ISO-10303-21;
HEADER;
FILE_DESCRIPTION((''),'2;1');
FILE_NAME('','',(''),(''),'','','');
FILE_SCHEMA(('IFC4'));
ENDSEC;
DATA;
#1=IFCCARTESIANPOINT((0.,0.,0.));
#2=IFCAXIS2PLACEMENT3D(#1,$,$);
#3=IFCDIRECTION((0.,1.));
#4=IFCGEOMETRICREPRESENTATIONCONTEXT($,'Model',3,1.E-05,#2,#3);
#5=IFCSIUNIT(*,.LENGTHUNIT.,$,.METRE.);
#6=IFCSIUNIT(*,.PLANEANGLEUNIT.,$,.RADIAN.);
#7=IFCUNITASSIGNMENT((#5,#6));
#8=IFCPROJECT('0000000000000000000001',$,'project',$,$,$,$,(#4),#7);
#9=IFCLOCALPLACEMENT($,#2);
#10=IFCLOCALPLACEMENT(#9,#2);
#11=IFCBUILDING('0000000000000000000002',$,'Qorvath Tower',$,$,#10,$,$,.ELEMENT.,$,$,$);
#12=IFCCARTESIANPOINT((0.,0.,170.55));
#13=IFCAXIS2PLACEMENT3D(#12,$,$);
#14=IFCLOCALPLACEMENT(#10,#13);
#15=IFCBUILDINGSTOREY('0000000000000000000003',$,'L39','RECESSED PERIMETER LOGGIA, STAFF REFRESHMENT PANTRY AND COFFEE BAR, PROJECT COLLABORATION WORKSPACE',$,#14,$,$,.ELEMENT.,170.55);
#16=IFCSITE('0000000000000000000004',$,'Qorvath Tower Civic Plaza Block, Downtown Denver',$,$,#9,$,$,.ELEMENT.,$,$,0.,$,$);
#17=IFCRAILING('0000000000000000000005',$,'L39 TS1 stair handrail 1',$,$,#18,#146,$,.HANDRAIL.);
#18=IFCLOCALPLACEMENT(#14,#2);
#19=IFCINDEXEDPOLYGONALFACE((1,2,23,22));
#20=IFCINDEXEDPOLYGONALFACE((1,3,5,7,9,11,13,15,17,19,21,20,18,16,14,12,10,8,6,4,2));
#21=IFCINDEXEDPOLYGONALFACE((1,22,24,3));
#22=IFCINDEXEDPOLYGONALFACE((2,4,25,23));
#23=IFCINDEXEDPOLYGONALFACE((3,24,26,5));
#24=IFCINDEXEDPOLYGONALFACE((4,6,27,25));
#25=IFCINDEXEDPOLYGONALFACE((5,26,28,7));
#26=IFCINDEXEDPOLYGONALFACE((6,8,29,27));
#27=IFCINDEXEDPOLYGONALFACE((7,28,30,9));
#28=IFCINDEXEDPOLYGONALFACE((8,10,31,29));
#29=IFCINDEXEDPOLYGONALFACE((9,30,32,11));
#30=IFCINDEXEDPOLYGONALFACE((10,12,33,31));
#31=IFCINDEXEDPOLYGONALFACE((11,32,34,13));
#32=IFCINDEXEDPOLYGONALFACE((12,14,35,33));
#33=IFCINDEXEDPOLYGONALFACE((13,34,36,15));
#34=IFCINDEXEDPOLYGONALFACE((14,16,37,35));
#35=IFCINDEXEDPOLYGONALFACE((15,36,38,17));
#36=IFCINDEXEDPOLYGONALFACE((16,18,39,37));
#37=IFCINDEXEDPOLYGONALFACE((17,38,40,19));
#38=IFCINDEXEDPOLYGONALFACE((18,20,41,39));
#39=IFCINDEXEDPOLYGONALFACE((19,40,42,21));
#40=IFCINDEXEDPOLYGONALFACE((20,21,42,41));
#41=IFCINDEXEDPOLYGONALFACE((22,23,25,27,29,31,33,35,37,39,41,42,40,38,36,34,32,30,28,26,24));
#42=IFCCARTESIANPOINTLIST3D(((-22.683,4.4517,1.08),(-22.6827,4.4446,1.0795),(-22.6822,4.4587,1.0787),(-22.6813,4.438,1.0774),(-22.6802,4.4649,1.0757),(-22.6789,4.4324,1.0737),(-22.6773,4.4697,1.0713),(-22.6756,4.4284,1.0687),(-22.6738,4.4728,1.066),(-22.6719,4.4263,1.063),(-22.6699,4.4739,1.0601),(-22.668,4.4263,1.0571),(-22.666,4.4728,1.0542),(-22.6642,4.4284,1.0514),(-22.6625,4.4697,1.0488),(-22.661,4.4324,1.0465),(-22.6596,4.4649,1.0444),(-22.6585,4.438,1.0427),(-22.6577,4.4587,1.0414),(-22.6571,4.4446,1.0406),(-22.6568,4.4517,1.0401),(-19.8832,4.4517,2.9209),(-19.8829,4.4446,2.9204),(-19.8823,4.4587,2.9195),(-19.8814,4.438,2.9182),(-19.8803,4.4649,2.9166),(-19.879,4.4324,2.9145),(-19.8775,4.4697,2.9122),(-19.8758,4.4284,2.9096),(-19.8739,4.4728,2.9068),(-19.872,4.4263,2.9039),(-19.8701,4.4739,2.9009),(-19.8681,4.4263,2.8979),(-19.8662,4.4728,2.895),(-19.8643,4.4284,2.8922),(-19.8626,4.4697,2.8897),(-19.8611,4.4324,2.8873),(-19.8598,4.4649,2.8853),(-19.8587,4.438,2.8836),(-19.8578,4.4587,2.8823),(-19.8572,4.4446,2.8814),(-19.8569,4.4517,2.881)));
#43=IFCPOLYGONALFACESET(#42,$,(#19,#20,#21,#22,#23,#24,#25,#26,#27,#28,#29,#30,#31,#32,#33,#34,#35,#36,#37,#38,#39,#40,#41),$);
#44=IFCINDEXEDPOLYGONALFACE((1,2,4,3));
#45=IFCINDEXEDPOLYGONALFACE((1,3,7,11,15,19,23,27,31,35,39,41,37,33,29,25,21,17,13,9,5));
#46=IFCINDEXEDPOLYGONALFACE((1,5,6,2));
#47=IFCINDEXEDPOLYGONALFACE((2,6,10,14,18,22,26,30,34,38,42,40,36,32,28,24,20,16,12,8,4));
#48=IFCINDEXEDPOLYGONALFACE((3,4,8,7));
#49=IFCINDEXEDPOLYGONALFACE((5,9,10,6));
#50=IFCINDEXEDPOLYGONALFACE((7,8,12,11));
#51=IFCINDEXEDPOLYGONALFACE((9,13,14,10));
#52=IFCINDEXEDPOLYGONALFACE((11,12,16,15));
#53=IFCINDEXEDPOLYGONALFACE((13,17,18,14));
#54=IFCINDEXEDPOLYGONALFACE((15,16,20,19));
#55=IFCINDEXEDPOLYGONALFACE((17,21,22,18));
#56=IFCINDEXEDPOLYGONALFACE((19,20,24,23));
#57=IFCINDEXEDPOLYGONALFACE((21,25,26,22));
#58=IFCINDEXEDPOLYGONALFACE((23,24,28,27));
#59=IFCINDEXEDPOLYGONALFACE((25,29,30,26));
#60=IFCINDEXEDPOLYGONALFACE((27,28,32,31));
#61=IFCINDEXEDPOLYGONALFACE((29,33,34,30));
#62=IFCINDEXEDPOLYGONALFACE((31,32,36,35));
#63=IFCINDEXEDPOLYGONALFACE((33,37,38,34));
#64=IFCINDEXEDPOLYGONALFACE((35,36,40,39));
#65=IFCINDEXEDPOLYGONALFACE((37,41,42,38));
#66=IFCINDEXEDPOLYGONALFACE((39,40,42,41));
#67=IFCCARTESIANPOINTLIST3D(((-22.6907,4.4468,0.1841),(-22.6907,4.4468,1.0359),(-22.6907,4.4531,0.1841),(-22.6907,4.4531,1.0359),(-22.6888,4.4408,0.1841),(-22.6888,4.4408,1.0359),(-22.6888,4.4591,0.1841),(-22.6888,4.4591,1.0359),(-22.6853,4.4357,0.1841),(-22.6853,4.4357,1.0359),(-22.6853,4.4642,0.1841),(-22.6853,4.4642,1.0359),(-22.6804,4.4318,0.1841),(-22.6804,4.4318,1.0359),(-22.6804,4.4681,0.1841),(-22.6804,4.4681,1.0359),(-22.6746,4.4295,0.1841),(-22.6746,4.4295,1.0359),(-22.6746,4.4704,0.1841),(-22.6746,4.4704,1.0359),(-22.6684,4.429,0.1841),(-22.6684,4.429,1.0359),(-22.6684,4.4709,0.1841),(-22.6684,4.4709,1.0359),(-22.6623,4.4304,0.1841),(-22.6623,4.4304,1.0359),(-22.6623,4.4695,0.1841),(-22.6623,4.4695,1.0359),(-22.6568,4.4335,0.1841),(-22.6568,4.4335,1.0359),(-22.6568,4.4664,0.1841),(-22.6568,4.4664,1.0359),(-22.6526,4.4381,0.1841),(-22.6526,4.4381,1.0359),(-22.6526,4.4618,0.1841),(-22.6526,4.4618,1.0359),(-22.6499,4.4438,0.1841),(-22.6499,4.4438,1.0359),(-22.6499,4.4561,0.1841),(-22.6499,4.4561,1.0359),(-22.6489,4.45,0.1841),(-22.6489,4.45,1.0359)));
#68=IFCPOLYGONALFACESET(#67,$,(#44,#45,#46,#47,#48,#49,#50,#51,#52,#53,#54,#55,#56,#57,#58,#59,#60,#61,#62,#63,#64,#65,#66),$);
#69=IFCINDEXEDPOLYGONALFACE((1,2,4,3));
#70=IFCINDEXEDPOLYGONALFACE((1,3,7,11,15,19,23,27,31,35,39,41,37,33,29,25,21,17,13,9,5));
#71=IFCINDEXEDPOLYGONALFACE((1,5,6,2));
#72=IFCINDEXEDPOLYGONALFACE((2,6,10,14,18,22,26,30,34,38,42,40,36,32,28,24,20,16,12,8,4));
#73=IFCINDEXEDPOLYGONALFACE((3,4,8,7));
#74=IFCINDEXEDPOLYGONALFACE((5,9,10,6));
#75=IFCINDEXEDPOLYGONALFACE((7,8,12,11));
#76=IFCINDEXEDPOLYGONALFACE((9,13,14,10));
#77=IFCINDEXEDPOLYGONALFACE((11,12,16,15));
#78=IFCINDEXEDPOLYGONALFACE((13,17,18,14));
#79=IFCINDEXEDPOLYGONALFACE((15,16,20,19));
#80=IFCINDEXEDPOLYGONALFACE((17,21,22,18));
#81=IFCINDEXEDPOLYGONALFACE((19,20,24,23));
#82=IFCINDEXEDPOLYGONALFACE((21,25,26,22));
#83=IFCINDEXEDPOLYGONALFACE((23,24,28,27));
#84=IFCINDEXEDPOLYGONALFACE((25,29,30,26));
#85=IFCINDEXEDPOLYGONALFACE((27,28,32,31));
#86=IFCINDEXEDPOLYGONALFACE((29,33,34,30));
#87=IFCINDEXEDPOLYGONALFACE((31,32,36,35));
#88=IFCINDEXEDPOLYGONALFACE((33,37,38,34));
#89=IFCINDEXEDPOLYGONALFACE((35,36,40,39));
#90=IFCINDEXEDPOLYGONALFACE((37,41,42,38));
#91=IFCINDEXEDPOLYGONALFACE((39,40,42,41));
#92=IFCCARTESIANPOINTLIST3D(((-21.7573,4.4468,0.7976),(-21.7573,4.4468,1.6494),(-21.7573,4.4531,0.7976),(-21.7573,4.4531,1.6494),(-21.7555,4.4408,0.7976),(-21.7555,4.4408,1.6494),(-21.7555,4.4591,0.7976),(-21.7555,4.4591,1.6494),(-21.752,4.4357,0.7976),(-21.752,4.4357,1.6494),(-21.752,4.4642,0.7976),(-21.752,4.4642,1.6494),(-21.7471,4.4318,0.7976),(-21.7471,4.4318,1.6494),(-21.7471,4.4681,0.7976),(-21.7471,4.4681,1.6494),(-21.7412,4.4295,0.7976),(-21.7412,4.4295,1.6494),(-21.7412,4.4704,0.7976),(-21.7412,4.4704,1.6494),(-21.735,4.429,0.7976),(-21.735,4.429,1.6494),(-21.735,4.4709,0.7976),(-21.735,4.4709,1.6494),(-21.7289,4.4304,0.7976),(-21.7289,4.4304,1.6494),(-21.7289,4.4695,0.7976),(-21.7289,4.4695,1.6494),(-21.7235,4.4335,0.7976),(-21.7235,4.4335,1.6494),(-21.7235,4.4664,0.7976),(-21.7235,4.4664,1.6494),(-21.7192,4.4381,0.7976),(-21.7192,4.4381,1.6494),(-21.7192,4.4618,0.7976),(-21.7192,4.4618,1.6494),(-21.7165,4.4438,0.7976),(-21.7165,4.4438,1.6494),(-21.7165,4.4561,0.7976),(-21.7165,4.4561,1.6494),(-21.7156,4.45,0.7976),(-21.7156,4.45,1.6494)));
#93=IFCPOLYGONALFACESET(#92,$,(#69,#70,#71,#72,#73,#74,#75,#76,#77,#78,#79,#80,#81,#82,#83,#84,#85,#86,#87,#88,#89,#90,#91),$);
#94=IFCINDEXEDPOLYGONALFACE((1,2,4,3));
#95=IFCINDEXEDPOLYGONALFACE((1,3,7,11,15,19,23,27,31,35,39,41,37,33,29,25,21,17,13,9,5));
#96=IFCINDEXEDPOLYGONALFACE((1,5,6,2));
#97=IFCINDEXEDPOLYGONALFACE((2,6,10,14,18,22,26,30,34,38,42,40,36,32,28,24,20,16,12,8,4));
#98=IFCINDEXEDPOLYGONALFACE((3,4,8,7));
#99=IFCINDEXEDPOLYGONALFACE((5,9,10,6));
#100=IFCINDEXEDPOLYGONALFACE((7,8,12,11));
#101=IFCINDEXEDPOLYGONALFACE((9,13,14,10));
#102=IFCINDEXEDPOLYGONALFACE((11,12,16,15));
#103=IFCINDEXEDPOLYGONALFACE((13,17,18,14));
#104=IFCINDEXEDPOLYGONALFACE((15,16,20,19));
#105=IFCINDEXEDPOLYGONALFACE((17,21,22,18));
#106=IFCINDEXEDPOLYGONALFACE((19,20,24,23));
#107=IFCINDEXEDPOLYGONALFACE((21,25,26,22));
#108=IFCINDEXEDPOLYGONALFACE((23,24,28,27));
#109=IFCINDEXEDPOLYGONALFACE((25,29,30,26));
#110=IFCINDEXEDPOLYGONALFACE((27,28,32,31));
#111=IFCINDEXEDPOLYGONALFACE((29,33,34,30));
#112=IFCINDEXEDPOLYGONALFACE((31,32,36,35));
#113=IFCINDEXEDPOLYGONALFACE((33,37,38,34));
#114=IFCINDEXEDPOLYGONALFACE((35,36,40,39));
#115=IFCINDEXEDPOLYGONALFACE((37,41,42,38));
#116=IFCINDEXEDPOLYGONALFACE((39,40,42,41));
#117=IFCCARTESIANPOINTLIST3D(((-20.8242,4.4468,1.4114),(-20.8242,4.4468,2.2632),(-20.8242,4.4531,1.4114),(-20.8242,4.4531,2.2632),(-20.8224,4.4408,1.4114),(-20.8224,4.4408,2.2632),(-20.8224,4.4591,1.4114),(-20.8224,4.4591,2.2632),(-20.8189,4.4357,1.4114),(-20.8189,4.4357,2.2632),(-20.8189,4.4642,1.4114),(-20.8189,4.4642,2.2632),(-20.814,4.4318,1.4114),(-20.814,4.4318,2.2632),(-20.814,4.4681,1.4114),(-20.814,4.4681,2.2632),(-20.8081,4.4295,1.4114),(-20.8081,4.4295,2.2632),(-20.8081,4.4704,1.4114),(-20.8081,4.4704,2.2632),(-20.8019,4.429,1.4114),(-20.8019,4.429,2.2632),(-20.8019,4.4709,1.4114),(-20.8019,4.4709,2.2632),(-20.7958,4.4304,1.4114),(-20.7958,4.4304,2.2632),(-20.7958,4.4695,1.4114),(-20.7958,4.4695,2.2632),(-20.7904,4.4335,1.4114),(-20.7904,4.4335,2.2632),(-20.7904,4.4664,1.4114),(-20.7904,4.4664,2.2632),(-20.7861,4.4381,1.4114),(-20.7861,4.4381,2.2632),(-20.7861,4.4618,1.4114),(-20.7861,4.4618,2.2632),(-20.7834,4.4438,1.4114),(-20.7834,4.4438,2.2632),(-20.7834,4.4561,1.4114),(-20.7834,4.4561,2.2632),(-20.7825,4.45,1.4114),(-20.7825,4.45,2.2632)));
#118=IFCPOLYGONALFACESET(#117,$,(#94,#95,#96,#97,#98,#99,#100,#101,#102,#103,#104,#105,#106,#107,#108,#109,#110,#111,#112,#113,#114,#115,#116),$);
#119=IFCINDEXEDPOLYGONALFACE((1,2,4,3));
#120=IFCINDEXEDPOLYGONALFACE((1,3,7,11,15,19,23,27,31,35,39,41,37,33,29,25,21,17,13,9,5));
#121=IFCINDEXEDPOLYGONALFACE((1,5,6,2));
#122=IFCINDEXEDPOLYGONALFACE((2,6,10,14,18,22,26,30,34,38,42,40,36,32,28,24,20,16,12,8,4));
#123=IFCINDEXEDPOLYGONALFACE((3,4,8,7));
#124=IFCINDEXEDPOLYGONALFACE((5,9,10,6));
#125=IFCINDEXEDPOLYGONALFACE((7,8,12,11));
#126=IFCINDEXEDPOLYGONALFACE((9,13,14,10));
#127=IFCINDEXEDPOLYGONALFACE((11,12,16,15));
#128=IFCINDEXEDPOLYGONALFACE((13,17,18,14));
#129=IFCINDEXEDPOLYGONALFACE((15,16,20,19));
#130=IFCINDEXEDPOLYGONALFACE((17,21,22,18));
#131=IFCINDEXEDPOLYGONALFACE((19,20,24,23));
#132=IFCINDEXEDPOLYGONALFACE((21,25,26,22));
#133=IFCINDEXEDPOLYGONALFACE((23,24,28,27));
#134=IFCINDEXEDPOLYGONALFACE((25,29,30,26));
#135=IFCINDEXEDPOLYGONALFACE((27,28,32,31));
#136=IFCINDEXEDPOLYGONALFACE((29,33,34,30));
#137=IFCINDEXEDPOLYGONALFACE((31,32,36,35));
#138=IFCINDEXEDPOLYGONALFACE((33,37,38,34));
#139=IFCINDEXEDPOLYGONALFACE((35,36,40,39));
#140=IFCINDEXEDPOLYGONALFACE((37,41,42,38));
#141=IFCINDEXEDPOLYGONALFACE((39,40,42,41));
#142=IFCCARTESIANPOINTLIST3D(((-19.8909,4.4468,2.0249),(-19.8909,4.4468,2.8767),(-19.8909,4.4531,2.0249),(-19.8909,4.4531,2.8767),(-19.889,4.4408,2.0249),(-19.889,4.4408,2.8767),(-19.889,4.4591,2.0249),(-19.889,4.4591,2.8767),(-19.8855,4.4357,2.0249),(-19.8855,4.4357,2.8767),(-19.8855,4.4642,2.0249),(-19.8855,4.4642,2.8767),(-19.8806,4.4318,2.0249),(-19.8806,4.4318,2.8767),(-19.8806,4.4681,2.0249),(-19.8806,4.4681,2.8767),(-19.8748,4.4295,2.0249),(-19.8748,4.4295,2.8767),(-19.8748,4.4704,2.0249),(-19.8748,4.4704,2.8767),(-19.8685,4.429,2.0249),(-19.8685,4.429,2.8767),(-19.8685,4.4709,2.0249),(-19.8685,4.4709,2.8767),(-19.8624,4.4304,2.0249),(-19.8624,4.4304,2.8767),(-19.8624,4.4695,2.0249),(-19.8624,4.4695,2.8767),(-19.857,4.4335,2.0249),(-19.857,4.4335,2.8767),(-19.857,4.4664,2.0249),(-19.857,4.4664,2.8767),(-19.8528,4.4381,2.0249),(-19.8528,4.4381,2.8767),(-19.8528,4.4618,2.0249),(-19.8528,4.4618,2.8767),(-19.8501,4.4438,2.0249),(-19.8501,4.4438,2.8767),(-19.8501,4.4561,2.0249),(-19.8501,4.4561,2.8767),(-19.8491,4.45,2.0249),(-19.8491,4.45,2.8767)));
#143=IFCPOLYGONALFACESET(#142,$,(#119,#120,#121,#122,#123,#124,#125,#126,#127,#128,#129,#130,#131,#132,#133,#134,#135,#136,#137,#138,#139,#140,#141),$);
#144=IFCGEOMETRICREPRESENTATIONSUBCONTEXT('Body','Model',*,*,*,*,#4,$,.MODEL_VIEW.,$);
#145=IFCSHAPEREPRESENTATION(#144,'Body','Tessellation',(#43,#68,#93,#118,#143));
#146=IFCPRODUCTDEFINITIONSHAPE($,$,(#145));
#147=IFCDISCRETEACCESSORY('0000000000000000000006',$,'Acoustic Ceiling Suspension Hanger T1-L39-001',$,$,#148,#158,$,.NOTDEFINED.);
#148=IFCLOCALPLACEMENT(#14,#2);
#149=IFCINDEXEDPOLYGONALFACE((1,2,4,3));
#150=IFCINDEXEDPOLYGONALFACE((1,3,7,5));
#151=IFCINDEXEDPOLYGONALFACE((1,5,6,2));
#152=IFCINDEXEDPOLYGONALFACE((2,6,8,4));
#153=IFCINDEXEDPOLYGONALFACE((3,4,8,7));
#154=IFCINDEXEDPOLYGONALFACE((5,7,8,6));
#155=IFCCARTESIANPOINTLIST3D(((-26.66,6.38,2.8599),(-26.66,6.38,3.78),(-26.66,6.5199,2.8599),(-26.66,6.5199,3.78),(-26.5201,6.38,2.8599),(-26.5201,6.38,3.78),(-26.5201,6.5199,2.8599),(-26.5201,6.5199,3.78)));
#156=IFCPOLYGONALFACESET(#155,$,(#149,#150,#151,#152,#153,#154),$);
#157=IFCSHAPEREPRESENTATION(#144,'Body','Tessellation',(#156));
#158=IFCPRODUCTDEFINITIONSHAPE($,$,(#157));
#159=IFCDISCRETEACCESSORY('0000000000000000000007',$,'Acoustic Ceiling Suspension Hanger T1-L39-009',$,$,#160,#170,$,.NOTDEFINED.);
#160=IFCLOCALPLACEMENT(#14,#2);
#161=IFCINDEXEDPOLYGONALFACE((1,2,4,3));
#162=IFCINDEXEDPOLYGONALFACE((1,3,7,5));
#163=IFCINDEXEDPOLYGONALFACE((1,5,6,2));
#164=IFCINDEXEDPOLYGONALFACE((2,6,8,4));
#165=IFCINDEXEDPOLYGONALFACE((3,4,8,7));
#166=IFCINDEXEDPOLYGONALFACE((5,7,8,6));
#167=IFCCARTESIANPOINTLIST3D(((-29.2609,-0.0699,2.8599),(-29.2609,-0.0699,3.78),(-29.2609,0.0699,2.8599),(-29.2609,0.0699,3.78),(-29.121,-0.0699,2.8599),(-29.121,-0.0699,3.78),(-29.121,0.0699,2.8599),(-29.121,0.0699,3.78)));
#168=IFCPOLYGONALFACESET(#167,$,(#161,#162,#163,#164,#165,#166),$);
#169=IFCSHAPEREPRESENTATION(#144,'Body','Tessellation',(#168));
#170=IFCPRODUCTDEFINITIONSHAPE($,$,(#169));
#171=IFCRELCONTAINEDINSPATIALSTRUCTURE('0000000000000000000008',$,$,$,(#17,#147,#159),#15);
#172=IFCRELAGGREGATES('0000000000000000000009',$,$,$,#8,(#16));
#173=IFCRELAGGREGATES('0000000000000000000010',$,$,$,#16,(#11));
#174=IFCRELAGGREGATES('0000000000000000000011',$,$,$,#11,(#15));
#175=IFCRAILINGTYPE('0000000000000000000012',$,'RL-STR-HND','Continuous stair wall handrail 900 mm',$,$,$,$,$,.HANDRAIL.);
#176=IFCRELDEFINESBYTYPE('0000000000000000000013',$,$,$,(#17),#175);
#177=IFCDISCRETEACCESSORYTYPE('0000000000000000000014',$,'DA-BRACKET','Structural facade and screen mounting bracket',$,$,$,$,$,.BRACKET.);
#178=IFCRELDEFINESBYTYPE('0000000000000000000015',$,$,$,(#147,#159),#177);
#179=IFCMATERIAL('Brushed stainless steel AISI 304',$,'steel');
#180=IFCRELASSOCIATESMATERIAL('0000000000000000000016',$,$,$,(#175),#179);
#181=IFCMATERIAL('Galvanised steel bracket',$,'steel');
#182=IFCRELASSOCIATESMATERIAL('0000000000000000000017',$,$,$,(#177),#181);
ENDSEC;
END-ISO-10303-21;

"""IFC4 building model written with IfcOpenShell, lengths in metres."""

from ifc_helpers import new_model, si_unit, direction, frame, origin, origin_2d, place, context, subcontext, project, spatial, rectangle, circle, extrude, material, type_object, element, save


model = new_model("IFC4")

# Units and contexts
model_context = context("Model", 3, precision=1e-05, world=origin(), true_north=direction((0.0, 1.0)))
body_context = subcontext(model_context, "Body", "Model", "MODEL_VIEW")
ifc_project = project(units=[si_unit("LENGTHUNIT", "METRE"), si_unit("PLANEANGLEUNIT", "RADIAN")], contexts=[model_context])

# Site, building, storey
site_placement = place(None, origin())
site = spatial("IfcSite", under=ifc_project, at=site_placement, Name="Qorvath Tower Civic Plaza Block, Downtown Denver", CompositionType="ELEMENT", RefElevation=0.0)
building_placement = place(site_placement, origin())
building = spatial("IfcBuilding", under=site, at=building_placement, Name="Qorvath Tower", CompositionType="ELEMENT")
storey_placement = place(building_placement, frame((0.0, 0.0, 170.55)))
storey = spatial("IfcBuildingStorey", under=building, at=storey_placement, Name="L39", Description="RECESSED PERIMETER LOGGIA, STAFF REFRESHMENT PANTRY AND COFFEE BAR, PROJECT COLLABORATION WORKSPACE", CompositionType="ELEMENT", Elevation=170.55)

# Railing
ifc_material_1 = material(Name="Brushed stainless steel AISI 304", Category="steel")
railing_type_1 = type_object("IfcRailingType", Name="RL-STR-HND", Description="Continuous stair wall handrail 900 mm", PredefinedType="HANDRAIL", material=ifc_material_1)
railing_1_placement = place(storey_placement, frame((-22.6699, 4.45, 0.1841)))
element("IfcRailing", 1, at=railing_1_placement, inside=storey, type_object=railing_type_1, Name="L39 TS1 stair handrail 1", PredefinedType="HANDRAIL", context=body_context, shape_type="SweptSolid", body=[
    extrude(circle(Radius=0.0239, at=origin_2d()), frame((0.0, 0.0, 0.876), z_axis=(0.835576, 0.0, 0.549376), x_axis=(0.0, 1.0, 0.0)), (0.0, 0.0, 1.0), 3.3508),
    extrude(circle(Radius=0.021, at=origin_2d()), origin(), (0.0, 0.0, 1.0), 0.8518),
    extrude(circle(Radius=0.021, at=origin_2d()), frame((0.9333, 0.0, 0.6135)), (0.0, 0.0, 1.0), 0.8518),
    extrude(circle(Radius=0.021, at=origin_2d()), frame((1.8665, 0.0, 1.2273)), (0.0, 0.0, 1.0), 0.8518),
    extrude(circle(Radius=0.021, at=origin_2d()), frame((2.7998, 0.0, 1.8408)), (0.0, 0.0, 1.0), 0.8518),
])

# Discrete accessories
ifc_material_2 = material(Name="Galvanised steel bracket", Category="steel")
discrete_accessory_type = type_object("IfcDiscreteAccessoryType", Name="DA-BRACKET", Description="Structural facade and screen mounting bracket", PredefinedType="BRACKET", material=ifc_material_2)
for number, where, z_axis, x_axis, name in (
    (2, (-26.5901, 6.45, 2.8599), (0.0, 0.0, 1.0), (1.0, 0.0, 0.0), "Acoustic Ceiling Suspension Hanger T1-L39-001"),
    (3, (-29.1909, 0.0, 2.8599), (0.0, 0.0, 1.0), (1.0, 0.0, 0.0), "Acoustic Ceiling Suspension Hanger T1-L39-009"),
):
    element("IfcDiscreteAccessory", number, at=place(storey_placement, frame(where, z_axis=z_axis, x_axis=x_axis)), inside=storey, type_object=discrete_accessory_type, Name=name, PredefinedType="NOTDEFINED", context=body_context, shape_type="SweptSolid", body=[
        extrude(rectangle(XDim=0.1399, YDim=0.1399, at=origin_2d()), origin(), (0.0, 0.0, 1.0), 0.9202),
    ])

save(model, "model.ifc")
